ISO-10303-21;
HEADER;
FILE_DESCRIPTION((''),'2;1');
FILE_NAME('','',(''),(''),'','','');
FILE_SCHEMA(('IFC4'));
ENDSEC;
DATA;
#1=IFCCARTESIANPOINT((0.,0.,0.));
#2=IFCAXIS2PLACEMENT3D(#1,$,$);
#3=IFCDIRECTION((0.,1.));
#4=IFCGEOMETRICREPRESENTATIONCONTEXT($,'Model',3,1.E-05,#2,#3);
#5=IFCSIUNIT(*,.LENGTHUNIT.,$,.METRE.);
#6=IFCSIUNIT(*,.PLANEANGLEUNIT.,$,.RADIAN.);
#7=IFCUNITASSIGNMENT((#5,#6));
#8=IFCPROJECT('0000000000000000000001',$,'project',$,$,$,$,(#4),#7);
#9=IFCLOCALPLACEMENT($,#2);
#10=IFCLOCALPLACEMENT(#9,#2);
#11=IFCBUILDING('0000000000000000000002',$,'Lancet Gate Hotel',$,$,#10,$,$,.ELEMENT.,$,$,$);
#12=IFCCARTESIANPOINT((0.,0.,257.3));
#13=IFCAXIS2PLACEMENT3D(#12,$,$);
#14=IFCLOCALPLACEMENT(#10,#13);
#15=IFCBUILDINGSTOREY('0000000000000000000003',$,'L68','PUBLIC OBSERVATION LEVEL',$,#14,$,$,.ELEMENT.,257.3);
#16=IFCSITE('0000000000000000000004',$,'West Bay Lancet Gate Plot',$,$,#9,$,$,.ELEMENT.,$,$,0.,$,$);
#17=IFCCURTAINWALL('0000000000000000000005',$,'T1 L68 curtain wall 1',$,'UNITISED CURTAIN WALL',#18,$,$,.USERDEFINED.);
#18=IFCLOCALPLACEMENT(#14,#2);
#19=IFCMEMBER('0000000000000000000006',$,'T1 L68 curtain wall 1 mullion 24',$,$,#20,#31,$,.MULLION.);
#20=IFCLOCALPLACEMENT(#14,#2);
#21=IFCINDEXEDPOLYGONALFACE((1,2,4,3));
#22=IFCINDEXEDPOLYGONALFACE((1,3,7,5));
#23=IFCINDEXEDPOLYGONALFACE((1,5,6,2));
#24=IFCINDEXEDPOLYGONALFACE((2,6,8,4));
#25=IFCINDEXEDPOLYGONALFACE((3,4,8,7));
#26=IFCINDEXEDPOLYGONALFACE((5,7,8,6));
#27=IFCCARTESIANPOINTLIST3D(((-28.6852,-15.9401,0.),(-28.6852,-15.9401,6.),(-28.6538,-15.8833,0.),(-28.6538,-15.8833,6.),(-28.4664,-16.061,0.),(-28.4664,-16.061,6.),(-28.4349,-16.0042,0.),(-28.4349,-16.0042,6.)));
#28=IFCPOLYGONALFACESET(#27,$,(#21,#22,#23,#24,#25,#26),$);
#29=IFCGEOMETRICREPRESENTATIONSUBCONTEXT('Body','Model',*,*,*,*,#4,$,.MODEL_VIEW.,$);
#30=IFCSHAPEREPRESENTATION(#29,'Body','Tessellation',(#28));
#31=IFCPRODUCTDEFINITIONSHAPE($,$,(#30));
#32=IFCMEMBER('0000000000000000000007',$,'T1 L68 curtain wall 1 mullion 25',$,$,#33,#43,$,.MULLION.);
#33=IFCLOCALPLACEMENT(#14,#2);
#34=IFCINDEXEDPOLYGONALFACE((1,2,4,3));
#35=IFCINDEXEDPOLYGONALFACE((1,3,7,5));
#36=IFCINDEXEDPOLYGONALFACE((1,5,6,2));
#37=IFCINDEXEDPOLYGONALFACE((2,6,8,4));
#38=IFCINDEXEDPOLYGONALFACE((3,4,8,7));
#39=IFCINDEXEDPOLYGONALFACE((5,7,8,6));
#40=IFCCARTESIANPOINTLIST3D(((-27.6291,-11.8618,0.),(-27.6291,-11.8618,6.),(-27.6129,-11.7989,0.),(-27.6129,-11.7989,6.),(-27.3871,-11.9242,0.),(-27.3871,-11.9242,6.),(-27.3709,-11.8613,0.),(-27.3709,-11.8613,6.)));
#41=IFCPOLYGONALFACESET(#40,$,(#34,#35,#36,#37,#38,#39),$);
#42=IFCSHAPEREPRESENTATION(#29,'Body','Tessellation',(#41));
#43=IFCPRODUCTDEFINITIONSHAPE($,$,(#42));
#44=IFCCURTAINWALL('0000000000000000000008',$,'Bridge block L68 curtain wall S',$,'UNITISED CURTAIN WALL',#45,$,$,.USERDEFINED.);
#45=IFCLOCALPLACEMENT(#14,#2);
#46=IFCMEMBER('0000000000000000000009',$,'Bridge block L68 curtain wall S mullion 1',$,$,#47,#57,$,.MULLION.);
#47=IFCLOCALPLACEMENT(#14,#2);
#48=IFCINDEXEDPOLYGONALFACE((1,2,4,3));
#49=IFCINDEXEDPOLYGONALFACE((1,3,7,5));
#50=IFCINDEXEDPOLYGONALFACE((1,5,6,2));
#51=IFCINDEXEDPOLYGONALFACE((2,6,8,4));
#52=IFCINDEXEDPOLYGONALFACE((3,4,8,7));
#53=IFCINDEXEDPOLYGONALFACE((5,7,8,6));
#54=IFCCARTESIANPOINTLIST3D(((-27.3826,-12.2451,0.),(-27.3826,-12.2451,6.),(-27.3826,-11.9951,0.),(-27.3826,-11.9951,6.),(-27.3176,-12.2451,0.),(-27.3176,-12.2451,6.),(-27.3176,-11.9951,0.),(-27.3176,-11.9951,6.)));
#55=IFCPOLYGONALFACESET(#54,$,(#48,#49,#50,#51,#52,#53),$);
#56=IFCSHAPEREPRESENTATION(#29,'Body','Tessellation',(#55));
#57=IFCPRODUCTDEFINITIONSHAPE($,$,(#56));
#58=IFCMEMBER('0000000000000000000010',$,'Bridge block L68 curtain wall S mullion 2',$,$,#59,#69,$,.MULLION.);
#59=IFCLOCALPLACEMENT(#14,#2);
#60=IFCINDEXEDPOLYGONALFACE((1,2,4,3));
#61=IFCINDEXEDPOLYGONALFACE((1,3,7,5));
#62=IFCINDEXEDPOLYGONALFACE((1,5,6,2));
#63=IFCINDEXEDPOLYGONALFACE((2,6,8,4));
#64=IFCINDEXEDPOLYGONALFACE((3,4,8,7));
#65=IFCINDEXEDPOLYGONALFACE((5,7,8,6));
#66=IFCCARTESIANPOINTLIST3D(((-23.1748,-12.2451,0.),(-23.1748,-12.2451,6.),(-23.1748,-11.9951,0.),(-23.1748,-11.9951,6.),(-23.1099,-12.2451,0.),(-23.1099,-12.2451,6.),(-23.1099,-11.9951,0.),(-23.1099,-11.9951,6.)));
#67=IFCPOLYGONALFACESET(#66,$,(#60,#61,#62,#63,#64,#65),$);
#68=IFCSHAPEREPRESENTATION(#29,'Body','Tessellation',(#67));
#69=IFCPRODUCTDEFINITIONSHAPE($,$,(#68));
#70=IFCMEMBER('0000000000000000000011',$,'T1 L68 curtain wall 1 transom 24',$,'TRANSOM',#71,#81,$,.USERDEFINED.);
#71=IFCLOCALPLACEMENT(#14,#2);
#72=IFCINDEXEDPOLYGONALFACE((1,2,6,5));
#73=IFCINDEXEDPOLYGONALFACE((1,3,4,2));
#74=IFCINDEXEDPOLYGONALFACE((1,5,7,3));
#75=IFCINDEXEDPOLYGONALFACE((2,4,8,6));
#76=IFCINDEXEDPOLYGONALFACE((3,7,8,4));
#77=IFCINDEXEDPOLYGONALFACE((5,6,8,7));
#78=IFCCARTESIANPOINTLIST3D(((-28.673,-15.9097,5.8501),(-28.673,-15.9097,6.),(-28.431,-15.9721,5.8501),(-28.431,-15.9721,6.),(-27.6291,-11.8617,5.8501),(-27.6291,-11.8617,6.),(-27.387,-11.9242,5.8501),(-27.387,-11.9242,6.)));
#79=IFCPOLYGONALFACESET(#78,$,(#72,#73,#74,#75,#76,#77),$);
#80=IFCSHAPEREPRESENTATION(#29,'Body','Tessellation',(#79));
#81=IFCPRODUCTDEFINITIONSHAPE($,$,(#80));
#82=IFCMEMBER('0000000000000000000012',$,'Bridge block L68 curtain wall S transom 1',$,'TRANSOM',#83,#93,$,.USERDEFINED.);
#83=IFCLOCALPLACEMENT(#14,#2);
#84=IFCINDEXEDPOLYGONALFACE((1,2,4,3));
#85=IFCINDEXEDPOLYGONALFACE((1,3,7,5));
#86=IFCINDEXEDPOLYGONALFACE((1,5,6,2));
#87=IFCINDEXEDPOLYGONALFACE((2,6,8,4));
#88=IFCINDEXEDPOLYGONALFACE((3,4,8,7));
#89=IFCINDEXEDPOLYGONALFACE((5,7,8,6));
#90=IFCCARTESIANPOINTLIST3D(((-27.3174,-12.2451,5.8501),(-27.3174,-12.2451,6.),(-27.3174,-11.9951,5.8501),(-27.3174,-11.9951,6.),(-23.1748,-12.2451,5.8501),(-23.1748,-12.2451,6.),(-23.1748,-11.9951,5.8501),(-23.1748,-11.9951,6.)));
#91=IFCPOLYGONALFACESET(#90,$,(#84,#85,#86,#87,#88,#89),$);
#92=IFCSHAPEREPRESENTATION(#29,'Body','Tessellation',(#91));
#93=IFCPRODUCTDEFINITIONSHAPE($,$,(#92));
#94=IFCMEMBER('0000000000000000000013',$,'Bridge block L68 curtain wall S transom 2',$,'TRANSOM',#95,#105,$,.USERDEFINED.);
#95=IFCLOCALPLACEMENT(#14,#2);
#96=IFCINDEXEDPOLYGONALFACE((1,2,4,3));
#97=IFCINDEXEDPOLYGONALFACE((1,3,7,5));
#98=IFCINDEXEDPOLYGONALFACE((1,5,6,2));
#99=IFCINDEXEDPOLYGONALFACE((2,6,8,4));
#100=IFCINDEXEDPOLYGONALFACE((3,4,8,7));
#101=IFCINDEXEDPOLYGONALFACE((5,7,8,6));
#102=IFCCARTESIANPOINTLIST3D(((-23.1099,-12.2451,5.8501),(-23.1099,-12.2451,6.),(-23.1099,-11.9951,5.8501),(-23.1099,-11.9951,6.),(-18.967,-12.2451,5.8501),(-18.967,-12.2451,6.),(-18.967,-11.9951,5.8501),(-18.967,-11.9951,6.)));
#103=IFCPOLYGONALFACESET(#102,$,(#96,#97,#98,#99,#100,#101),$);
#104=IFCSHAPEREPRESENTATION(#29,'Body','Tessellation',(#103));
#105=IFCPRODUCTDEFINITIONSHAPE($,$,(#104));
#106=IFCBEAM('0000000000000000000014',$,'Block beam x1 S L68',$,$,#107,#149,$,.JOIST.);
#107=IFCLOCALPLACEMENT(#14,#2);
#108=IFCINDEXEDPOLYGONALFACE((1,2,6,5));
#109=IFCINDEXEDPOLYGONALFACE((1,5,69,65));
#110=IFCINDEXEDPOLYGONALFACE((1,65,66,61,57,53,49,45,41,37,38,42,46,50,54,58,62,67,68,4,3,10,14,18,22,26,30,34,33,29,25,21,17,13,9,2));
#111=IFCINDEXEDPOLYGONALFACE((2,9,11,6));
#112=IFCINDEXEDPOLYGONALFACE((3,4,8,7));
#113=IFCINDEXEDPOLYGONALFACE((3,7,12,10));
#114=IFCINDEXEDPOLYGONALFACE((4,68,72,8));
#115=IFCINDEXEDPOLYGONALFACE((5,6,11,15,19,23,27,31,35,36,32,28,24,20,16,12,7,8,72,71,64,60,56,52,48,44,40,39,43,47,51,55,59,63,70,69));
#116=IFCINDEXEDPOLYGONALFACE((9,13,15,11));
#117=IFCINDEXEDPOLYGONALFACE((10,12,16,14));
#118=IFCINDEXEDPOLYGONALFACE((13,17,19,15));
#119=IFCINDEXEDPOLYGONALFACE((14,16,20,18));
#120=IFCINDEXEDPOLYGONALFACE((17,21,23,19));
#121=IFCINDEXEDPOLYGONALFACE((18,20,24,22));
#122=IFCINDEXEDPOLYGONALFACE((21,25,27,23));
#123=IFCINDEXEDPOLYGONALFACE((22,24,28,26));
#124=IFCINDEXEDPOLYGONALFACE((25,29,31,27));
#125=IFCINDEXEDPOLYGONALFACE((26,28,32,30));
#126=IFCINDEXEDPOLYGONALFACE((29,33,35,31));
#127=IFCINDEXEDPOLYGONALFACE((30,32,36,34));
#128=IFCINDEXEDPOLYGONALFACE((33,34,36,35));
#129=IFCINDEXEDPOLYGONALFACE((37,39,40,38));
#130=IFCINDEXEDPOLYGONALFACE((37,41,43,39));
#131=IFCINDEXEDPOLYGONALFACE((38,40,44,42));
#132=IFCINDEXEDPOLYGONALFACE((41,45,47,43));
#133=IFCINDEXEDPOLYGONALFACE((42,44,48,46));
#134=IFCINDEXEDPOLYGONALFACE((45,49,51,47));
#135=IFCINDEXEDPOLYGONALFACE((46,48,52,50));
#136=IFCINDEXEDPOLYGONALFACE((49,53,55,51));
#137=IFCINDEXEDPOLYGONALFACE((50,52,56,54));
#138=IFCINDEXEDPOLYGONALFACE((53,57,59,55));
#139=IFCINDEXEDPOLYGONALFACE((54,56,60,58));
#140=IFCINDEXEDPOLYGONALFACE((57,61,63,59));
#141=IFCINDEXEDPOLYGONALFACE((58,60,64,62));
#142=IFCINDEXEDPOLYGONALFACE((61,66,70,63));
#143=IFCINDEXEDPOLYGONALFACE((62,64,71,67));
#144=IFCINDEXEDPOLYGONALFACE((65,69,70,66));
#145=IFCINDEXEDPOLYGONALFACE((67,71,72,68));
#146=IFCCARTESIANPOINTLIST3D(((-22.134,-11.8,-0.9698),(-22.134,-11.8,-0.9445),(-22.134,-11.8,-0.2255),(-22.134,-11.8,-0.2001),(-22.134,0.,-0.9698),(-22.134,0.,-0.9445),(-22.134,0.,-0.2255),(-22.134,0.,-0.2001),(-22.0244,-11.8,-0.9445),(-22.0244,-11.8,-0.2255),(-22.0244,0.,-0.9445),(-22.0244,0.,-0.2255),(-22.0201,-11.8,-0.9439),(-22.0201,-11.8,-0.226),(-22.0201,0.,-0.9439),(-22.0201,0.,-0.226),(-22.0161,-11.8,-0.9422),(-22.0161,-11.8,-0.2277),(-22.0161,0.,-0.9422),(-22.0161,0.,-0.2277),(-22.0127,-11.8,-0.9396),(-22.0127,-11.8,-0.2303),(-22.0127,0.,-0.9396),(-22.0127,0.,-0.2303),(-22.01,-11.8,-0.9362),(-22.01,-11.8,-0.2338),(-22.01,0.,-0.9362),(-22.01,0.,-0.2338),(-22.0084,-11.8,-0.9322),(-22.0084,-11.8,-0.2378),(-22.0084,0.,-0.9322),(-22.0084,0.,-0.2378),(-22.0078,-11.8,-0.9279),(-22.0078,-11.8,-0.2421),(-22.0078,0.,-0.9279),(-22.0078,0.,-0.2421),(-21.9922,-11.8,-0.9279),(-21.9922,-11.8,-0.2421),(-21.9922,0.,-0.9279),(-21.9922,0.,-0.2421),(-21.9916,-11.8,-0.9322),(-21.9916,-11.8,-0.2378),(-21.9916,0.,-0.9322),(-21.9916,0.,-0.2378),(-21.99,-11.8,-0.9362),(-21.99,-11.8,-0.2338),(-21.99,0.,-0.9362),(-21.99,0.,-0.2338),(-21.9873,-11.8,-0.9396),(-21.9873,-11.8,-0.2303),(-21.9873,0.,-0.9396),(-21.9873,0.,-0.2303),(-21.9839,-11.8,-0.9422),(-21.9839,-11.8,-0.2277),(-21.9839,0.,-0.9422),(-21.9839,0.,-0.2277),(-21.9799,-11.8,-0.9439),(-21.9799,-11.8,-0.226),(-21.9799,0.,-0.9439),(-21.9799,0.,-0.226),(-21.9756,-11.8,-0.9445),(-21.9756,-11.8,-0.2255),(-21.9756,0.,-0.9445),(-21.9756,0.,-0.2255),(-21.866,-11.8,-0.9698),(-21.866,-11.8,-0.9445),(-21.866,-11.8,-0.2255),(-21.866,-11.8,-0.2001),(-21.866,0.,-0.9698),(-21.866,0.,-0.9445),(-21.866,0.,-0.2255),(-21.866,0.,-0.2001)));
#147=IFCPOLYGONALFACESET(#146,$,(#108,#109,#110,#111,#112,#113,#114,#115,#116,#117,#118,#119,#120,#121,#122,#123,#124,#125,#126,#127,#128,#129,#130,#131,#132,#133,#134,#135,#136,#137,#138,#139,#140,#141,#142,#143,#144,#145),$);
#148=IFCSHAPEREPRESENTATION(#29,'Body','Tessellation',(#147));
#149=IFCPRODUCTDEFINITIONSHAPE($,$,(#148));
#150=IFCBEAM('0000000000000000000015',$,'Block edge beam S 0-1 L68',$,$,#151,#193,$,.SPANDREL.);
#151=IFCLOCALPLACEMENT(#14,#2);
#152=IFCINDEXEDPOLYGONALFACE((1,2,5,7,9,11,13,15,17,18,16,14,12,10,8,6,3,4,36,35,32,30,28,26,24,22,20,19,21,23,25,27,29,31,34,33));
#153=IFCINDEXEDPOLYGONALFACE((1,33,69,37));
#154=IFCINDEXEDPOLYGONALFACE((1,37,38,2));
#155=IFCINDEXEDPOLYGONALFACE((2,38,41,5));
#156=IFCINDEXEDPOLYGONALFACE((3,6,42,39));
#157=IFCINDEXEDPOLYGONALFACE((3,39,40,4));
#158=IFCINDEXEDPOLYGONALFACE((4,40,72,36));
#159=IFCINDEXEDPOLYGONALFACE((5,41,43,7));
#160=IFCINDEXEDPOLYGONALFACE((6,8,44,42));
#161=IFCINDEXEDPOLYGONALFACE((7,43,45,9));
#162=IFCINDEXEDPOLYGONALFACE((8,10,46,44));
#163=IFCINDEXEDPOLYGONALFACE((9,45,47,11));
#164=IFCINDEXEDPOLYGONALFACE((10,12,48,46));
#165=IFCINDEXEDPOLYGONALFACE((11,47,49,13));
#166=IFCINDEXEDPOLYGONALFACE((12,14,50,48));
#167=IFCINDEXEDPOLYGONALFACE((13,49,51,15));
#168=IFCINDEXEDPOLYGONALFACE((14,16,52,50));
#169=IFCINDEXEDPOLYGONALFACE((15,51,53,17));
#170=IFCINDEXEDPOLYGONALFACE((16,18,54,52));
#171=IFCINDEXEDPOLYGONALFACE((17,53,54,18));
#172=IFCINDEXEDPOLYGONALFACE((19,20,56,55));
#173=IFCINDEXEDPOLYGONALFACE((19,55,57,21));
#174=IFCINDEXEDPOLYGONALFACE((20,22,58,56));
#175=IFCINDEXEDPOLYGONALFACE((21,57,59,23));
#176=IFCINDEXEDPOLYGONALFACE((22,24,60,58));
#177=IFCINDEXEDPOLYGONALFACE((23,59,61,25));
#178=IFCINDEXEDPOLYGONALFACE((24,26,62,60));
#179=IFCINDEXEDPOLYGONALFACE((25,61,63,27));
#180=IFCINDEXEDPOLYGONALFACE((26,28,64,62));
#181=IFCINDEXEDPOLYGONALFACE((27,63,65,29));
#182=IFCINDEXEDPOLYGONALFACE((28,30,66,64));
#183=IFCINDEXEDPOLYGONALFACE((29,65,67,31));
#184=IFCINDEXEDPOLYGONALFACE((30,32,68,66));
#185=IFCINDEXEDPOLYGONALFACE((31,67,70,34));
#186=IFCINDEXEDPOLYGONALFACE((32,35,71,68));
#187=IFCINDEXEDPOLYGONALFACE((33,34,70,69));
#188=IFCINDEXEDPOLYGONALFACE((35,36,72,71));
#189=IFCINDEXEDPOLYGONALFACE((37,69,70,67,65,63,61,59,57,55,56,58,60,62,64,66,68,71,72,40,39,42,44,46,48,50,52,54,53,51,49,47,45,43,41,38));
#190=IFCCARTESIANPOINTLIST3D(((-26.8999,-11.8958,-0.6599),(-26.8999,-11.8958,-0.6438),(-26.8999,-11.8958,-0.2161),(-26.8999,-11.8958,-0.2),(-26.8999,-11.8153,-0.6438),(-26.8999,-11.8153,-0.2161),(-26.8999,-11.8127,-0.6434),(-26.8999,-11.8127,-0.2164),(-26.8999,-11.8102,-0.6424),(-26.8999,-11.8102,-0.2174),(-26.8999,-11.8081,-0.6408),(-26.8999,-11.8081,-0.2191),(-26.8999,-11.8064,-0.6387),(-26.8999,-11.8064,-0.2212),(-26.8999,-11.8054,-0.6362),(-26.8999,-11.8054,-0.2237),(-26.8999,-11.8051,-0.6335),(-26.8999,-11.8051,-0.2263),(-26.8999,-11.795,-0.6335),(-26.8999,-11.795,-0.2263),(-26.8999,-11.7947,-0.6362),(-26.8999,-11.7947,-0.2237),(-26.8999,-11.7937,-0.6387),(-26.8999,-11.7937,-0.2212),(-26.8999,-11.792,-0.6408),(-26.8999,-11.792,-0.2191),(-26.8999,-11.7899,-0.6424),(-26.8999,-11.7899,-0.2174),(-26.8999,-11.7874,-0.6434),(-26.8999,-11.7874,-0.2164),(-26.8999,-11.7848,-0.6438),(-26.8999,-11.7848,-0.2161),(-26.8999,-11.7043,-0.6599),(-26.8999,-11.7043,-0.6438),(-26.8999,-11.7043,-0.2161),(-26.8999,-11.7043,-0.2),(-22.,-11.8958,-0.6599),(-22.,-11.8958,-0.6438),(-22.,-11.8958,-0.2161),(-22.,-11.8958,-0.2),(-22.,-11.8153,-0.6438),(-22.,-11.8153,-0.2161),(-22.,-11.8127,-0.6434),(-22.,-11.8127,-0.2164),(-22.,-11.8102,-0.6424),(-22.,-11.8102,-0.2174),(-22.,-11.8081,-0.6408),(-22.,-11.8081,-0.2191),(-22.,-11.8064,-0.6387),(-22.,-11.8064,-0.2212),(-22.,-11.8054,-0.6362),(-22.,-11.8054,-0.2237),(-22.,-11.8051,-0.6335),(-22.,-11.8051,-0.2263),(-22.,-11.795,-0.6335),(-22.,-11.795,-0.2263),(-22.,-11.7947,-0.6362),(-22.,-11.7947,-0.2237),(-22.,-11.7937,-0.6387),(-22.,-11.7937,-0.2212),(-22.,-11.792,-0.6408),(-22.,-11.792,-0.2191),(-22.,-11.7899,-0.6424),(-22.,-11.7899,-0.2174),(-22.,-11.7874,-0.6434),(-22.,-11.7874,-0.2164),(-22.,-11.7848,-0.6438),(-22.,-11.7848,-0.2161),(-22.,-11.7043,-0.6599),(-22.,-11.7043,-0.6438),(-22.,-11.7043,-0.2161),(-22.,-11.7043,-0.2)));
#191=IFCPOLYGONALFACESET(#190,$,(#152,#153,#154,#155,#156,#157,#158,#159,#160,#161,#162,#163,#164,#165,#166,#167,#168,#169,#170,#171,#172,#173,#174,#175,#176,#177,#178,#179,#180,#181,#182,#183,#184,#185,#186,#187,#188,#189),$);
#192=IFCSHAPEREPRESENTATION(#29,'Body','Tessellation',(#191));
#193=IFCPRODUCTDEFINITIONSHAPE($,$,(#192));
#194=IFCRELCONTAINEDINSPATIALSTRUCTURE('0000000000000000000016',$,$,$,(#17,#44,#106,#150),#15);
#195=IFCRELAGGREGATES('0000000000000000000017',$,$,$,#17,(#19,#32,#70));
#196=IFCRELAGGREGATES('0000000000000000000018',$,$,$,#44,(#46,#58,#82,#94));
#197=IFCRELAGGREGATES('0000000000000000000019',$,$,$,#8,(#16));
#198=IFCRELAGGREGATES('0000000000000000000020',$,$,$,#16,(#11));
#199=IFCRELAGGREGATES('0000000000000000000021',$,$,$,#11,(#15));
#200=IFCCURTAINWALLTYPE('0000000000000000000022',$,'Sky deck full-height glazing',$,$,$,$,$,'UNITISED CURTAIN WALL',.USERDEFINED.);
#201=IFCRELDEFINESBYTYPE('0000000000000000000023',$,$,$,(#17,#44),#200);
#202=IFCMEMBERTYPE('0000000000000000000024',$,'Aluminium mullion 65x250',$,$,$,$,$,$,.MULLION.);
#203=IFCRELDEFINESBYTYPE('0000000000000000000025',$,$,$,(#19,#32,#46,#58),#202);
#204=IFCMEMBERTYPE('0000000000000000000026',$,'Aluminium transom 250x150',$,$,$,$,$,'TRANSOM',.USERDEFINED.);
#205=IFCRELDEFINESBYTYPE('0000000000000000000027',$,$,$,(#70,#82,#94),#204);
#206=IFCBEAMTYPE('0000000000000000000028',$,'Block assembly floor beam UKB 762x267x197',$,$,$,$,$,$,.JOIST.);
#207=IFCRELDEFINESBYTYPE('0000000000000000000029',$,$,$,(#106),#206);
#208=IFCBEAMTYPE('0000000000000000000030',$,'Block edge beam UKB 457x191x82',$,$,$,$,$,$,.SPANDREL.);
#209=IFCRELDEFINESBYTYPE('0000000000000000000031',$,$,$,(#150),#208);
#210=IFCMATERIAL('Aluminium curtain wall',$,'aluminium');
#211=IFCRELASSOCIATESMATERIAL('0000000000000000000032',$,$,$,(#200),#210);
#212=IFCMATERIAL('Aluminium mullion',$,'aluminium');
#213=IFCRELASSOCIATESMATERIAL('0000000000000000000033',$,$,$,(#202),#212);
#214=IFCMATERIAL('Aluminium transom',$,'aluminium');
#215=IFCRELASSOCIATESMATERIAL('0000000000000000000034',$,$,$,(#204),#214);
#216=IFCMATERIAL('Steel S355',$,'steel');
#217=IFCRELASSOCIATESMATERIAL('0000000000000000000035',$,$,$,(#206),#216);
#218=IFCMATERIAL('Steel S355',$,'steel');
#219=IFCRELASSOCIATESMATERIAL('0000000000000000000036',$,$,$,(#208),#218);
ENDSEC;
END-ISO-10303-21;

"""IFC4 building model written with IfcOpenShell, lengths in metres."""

from ifc_helpers import new_model, si_unit, direction, frame, origin, origin_2d, place, context, subcontext, project, spatial, rectangle, i_section, extrude, material, material_profile, profile_set, type_object, element, aggregate, save


model = new_model("IFC4")

# Units and contexts
model_context = context("Model", 3, precision=1e-05, world=origin(), true_north=direction((0.0, 1.0)))
body_context = subcontext(model_context, "Body", "Model", "MODEL_VIEW")
ifc_project = project(units=[si_unit("LENGTHUNIT", "METRE"), si_unit("PLANEANGLEUNIT", "RADIAN")], contexts=[model_context])

# Site, building, storey
site_placement = place(None, origin())
site = spatial("IfcSite", under=ifc_project, at=site_placement, Name="West Bay Lancet Gate Plot", CompositionType="ELEMENT", RefElevation=0.0)
building_placement = place(site_placement, origin())
building = spatial("IfcBuilding", under=site, at=building_placement, Name="Lancet Gate Hotel", CompositionType="ELEMENT")
storey_placement = place(building_placement, frame((0.0, 0.0, 257.3)))
storey = spatial("IfcBuildingStorey", under=building, at=storey_placement, Name="L68", Description="PUBLIC OBSERVATION LEVEL", CompositionType="ELEMENT", Elevation=257.3)

# Curtain walls, members
ifc_material_1 = material(Name="Aluminium curtain wall", Category="aluminium")
curtain_wall_type = type_object("IfcCurtainWallType", Name="Sky deck full-height glazing", ElementType="UNITISED CURTAIN WALL", PredefinedType="USERDEFINED", material=ifc_material_1)
curtain_wall_1_placement = place(storey_placement, origin())
curtain_wall_1 = element("IfcCurtainWall", 1, at=curtain_wall_1_placement, inside=storey, type_object=curtain_wall_type, Name="T1 L68 curtain wall 1", ObjectType="UNITISED CURTAIN WALL", PredefinedType="USERDEFINED")
ifc_material_2 = material(Name="Aluminium mullion", Category="aluminium")
ifc_material_profile_1 = material_profile(ifc_material_2, rectangle(XDim=0.0649, YDim=0.25, at=origin_2d()), Name="MULLION 65x250")
ifc_profile_set_1 = profile_set([ifc_material_profile_1], Name="Aluminium mullion")
member_type_1 = type_object("IfcMemberType", Name="Aluminium mullion 65x250", PredefinedType="MULLION", material=ifc_profile_set_1)
member_1_placement = place(storey_placement, frame((-28.5601, -15.9722, 0.0), z_axis=(0.0, 0.0, 1.0), x_axis=(0.483627, 0.875274, 0.0)))
member_1 = element("IfcMember", 2, at=member_1_placement, type_object=member_type_1, Name="T1 L68 curtain wall 1 mullion 24", PredefinedType="MULLION", context=body_context, shape_type="SweptSolid", body=[
    extrude(rectangle(XDim=0.0649, YDim=0.25, at=origin_2d()), origin(), (0.0, 0.0, 1.0), 6.0),
])
member_2_placement = place(storey_placement, frame((-27.5, -11.8616, 0.0), z_axis=(0.0, 0.0, 1.0), x_axis=(0.249726, 0.968317, 0.0)))
member_2 = element("IfcMember", 3, at=member_2_placement, type_object=member_type_1, Name="T1 L68 curtain wall 1 mullion 25", PredefinedType="MULLION", context=body_context, shape_type="SweptSolid", body=[
    extrude(rectangle(XDim=0.0649, YDim=0.25, at=origin_2d()), origin(), (0.0, 0.0, 1.0), 6.0),
])
curtain_wall_2_placement = place(storey_placement, origin())
curtain_wall_2 = element("IfcCurtainWall", 4, at=curtain_wall_2_placement, inside=storey, type_object=curtain_wall_type, Name="Bridge block L68 curtain wall S", ObjectType="UNITISED CURTAIN WALL", PredefinedType="USERDEFINED")
member_3_placement = place(storey_placement, frame((-27.3501, -12.1201, 0.0), z_axis=(0.0, 0.0, 1.0), x_axis=(1.0, 0.0, 0.0)))
member_3 = element("IfcMember", 5, at=member_3_placement, type_object=member_type_1, Name="Bridge block L68 curtain wall S mullion 1", PredefinedType="MULLION", context=body_context, shape_type="SweptSolid", body=[
    extrude(rectangle(XDim=0.0649, YDim=0.25, at=origin_2d()), origin(), (0.0, 0.0, 1.0), 6.0),
])
member_4_placement = place(storey_placement, frame((-23.1423, -12.1201, 0.0), z_axis=(0.0, 0.0, 1.0), x_axis=(1.0, 0.0, 0.0)))
member_4 = element("IfcMember", 6, at=member_4_placement, type_object=member_type_1, Name="Bridge block L68 curtain wall S mullion 2", PredefinedType="MULLION", context=body_context, shape_type="SweptSolid", body=[
    extrude(rectangle(XDim=0.0649, YDim=0.25, at=origin_2d()), origin(), (0.0, 0.0, 1.0), 6.0),
])

# Members
ifc_material_3 = material(Name="Aluminium transom", Category="aluminium")
ifc_material_profile_2 = material_profile(ifc_material_3, rectangle(XDim=0.25, YDim=0.1499, at=origin_2d()), Name="TRANSOM 250x150")
ifc_profile_set_2 = profile_set([ifc_material_profile_2], Name="Aluminium transom")
member_type_2 = type_object("IfcMemberType", Name="Aluminium transom 250x150", ElementType="TRANSOM", PredefinedType="USERDEFINED", material=ifc_profile_set_2)
member_5_placement = place(storey_placement, frame((-28.552, -15.9409, 5.925), z_axis=(0.249716, 0.968319, 0.0), x_axis=(-0.968319, 0.249716, 0.0)))
member_5 = element("IfcMember", 7, at=member_5_placement, type_object=member_type_2, Name="T1 L68 curtain wall 1 transom 24", ObjectType="TRANSOM", PredefinedType="USERDEFINED", context=body_context, shape_type="SweptSolid", body=[
    extrude(rectangle(XDim=0.25, YDim=0.1499, at=origin_2d()), origin(), (0.0, 0.0, 1.0), 4.1804),
])
member_6_placement = place(storey_placement, frame((-27.3174, -12.1201, 5.925), z_axis=(1.0, 0.0, 0.0), x_axis=(0.0, 1.0, 0.0)))
member_6 = element("IfcMember", 8, at=member_6_placement, type_object=member_type_2, Name="Bridge block L68 curtain wall S transom 1", ObjectType="TRANSOM", PredefinedType="USERDEFINED", context=body_context, shape_type="SweptSolid", body=[
    extrude(rectangle(XDim=0.25, YDim=0.1499, at=origin_2d()), origin(), (0.0, 0.0, 1.0), 4.1426),
])
member_7_placement = place(storey_placement, frame((-23.1099, -12.1201, 5.925), z_axis=(1.0, 0.0, 0.0), x_axis=(0.0, 1.0, 0.0)))
member_7 = element("IfcMember", 9, at=member_7_placement, type_object=member_type_2, Name="Bridge block L68 curtain wall S transom 2", ObjectType="TRANSOM", PredefinedType="USERDEFINED", context=body_context, shape_type="SweptSolid", body=[
    extrude(rectangle(XDim=0.25, YDim=0.1499, at=origin_2d()), origin(), (0.0, 0.0, 1.0), 4.1428),
])

# Beams
ifc_material_4 = material(Name="Steel S355", Category="steel")
ifc_material_profile_3 = material_profile(ifc_material_4, i_section(OverallWidth=0.2681, OverallDepth=0.7698, WebThickness=0.0156, FlangeThickness=0.0254, FilletRadius=0.0166, at=origin_2d()), Name="UKB 762x267x197")
ifc_profile_set_3 = profile_set([ifc_material_profile_3], Name="Steel S355")
beam_type_1 = type_object("IfcBeamType", Name="Block assembly floor beam UKB 762x267x197", PredefinedType="JOIST", material=ifc_profile_set_3)
beam_1_placement = place(storey_placement, frame((-22.0, -11.8, -0.585), z_axis=(0.0, 1.0, 0.0), x_axis=(-1.0, 0.0, 0.0)))
element("IfcBeam", 10, at=beam_1_placement, inside=storey, type_object=beam_type_1, Name="Block beam x1 S L68", PredefinedType="JOIST", context=body_context, shape_type="SweptSolid", body=[
    extrude(i_section(OverallWidth=0.2681, OverallDepth=0.7698, WebThickness=0.0156, FlangeThickness=0.0254, FilletRadius=0.0166, at=origin_2d()), origin(), (0.0, 0.0, 1.0), 11.8),
])
ifc_material_5 = material(Name="Steel S355", Category="steel")
ifc_material_profile_4 = material_profile(ifc_material_5, i_section(OverallWidth=0.1914, OverallDepth=0.46, WebThickness=0.01, FlangeThickness=0.0161, FilletRadius=0.0103, at=origin_2d()), Name="UKB 457x191x82")
ifc_profile_set_4 = profile_set([ifc_material_profile_4], Name="Steel S355")
beam_type_2 = type_object("IfcBeamType", Name="Block edge beam UKB 457x191x82", PredefinedType="SPANDREL", material=ifc_profile_set_4)
beam_2_placement = place(storey_placement, frame((-26.8999, -11.8, -0.4299), z_axis=(1.0, 0.0, 0.0), x_axis=(0.0, 1.0, 0.0)))
element("IfcBeam", 11, at=beam_2_placement, inside=storey, type_object=beam_type_2, Name="Block edge beam S 0-1 L68", PredefinedType="SPANDREL", context=body_context, shape_type="SweptSolid", body=[
    extrude(i_section(OverallWidth=0.1914, OverallDepth=0.46, WebThickness=0.01, FlangeThickness=0.0161, FilletRadius=0.0103, at=origin_2d()), origin(), (0.0, 0.0, 1.0), 4.8999),
])

aggregate(curtain_wall_1, [member_1, member_2, member_5])
aggregate(curtain_wall_2, [member_3, member_4, member_6, member_7])

save(model, "model.ifc")
